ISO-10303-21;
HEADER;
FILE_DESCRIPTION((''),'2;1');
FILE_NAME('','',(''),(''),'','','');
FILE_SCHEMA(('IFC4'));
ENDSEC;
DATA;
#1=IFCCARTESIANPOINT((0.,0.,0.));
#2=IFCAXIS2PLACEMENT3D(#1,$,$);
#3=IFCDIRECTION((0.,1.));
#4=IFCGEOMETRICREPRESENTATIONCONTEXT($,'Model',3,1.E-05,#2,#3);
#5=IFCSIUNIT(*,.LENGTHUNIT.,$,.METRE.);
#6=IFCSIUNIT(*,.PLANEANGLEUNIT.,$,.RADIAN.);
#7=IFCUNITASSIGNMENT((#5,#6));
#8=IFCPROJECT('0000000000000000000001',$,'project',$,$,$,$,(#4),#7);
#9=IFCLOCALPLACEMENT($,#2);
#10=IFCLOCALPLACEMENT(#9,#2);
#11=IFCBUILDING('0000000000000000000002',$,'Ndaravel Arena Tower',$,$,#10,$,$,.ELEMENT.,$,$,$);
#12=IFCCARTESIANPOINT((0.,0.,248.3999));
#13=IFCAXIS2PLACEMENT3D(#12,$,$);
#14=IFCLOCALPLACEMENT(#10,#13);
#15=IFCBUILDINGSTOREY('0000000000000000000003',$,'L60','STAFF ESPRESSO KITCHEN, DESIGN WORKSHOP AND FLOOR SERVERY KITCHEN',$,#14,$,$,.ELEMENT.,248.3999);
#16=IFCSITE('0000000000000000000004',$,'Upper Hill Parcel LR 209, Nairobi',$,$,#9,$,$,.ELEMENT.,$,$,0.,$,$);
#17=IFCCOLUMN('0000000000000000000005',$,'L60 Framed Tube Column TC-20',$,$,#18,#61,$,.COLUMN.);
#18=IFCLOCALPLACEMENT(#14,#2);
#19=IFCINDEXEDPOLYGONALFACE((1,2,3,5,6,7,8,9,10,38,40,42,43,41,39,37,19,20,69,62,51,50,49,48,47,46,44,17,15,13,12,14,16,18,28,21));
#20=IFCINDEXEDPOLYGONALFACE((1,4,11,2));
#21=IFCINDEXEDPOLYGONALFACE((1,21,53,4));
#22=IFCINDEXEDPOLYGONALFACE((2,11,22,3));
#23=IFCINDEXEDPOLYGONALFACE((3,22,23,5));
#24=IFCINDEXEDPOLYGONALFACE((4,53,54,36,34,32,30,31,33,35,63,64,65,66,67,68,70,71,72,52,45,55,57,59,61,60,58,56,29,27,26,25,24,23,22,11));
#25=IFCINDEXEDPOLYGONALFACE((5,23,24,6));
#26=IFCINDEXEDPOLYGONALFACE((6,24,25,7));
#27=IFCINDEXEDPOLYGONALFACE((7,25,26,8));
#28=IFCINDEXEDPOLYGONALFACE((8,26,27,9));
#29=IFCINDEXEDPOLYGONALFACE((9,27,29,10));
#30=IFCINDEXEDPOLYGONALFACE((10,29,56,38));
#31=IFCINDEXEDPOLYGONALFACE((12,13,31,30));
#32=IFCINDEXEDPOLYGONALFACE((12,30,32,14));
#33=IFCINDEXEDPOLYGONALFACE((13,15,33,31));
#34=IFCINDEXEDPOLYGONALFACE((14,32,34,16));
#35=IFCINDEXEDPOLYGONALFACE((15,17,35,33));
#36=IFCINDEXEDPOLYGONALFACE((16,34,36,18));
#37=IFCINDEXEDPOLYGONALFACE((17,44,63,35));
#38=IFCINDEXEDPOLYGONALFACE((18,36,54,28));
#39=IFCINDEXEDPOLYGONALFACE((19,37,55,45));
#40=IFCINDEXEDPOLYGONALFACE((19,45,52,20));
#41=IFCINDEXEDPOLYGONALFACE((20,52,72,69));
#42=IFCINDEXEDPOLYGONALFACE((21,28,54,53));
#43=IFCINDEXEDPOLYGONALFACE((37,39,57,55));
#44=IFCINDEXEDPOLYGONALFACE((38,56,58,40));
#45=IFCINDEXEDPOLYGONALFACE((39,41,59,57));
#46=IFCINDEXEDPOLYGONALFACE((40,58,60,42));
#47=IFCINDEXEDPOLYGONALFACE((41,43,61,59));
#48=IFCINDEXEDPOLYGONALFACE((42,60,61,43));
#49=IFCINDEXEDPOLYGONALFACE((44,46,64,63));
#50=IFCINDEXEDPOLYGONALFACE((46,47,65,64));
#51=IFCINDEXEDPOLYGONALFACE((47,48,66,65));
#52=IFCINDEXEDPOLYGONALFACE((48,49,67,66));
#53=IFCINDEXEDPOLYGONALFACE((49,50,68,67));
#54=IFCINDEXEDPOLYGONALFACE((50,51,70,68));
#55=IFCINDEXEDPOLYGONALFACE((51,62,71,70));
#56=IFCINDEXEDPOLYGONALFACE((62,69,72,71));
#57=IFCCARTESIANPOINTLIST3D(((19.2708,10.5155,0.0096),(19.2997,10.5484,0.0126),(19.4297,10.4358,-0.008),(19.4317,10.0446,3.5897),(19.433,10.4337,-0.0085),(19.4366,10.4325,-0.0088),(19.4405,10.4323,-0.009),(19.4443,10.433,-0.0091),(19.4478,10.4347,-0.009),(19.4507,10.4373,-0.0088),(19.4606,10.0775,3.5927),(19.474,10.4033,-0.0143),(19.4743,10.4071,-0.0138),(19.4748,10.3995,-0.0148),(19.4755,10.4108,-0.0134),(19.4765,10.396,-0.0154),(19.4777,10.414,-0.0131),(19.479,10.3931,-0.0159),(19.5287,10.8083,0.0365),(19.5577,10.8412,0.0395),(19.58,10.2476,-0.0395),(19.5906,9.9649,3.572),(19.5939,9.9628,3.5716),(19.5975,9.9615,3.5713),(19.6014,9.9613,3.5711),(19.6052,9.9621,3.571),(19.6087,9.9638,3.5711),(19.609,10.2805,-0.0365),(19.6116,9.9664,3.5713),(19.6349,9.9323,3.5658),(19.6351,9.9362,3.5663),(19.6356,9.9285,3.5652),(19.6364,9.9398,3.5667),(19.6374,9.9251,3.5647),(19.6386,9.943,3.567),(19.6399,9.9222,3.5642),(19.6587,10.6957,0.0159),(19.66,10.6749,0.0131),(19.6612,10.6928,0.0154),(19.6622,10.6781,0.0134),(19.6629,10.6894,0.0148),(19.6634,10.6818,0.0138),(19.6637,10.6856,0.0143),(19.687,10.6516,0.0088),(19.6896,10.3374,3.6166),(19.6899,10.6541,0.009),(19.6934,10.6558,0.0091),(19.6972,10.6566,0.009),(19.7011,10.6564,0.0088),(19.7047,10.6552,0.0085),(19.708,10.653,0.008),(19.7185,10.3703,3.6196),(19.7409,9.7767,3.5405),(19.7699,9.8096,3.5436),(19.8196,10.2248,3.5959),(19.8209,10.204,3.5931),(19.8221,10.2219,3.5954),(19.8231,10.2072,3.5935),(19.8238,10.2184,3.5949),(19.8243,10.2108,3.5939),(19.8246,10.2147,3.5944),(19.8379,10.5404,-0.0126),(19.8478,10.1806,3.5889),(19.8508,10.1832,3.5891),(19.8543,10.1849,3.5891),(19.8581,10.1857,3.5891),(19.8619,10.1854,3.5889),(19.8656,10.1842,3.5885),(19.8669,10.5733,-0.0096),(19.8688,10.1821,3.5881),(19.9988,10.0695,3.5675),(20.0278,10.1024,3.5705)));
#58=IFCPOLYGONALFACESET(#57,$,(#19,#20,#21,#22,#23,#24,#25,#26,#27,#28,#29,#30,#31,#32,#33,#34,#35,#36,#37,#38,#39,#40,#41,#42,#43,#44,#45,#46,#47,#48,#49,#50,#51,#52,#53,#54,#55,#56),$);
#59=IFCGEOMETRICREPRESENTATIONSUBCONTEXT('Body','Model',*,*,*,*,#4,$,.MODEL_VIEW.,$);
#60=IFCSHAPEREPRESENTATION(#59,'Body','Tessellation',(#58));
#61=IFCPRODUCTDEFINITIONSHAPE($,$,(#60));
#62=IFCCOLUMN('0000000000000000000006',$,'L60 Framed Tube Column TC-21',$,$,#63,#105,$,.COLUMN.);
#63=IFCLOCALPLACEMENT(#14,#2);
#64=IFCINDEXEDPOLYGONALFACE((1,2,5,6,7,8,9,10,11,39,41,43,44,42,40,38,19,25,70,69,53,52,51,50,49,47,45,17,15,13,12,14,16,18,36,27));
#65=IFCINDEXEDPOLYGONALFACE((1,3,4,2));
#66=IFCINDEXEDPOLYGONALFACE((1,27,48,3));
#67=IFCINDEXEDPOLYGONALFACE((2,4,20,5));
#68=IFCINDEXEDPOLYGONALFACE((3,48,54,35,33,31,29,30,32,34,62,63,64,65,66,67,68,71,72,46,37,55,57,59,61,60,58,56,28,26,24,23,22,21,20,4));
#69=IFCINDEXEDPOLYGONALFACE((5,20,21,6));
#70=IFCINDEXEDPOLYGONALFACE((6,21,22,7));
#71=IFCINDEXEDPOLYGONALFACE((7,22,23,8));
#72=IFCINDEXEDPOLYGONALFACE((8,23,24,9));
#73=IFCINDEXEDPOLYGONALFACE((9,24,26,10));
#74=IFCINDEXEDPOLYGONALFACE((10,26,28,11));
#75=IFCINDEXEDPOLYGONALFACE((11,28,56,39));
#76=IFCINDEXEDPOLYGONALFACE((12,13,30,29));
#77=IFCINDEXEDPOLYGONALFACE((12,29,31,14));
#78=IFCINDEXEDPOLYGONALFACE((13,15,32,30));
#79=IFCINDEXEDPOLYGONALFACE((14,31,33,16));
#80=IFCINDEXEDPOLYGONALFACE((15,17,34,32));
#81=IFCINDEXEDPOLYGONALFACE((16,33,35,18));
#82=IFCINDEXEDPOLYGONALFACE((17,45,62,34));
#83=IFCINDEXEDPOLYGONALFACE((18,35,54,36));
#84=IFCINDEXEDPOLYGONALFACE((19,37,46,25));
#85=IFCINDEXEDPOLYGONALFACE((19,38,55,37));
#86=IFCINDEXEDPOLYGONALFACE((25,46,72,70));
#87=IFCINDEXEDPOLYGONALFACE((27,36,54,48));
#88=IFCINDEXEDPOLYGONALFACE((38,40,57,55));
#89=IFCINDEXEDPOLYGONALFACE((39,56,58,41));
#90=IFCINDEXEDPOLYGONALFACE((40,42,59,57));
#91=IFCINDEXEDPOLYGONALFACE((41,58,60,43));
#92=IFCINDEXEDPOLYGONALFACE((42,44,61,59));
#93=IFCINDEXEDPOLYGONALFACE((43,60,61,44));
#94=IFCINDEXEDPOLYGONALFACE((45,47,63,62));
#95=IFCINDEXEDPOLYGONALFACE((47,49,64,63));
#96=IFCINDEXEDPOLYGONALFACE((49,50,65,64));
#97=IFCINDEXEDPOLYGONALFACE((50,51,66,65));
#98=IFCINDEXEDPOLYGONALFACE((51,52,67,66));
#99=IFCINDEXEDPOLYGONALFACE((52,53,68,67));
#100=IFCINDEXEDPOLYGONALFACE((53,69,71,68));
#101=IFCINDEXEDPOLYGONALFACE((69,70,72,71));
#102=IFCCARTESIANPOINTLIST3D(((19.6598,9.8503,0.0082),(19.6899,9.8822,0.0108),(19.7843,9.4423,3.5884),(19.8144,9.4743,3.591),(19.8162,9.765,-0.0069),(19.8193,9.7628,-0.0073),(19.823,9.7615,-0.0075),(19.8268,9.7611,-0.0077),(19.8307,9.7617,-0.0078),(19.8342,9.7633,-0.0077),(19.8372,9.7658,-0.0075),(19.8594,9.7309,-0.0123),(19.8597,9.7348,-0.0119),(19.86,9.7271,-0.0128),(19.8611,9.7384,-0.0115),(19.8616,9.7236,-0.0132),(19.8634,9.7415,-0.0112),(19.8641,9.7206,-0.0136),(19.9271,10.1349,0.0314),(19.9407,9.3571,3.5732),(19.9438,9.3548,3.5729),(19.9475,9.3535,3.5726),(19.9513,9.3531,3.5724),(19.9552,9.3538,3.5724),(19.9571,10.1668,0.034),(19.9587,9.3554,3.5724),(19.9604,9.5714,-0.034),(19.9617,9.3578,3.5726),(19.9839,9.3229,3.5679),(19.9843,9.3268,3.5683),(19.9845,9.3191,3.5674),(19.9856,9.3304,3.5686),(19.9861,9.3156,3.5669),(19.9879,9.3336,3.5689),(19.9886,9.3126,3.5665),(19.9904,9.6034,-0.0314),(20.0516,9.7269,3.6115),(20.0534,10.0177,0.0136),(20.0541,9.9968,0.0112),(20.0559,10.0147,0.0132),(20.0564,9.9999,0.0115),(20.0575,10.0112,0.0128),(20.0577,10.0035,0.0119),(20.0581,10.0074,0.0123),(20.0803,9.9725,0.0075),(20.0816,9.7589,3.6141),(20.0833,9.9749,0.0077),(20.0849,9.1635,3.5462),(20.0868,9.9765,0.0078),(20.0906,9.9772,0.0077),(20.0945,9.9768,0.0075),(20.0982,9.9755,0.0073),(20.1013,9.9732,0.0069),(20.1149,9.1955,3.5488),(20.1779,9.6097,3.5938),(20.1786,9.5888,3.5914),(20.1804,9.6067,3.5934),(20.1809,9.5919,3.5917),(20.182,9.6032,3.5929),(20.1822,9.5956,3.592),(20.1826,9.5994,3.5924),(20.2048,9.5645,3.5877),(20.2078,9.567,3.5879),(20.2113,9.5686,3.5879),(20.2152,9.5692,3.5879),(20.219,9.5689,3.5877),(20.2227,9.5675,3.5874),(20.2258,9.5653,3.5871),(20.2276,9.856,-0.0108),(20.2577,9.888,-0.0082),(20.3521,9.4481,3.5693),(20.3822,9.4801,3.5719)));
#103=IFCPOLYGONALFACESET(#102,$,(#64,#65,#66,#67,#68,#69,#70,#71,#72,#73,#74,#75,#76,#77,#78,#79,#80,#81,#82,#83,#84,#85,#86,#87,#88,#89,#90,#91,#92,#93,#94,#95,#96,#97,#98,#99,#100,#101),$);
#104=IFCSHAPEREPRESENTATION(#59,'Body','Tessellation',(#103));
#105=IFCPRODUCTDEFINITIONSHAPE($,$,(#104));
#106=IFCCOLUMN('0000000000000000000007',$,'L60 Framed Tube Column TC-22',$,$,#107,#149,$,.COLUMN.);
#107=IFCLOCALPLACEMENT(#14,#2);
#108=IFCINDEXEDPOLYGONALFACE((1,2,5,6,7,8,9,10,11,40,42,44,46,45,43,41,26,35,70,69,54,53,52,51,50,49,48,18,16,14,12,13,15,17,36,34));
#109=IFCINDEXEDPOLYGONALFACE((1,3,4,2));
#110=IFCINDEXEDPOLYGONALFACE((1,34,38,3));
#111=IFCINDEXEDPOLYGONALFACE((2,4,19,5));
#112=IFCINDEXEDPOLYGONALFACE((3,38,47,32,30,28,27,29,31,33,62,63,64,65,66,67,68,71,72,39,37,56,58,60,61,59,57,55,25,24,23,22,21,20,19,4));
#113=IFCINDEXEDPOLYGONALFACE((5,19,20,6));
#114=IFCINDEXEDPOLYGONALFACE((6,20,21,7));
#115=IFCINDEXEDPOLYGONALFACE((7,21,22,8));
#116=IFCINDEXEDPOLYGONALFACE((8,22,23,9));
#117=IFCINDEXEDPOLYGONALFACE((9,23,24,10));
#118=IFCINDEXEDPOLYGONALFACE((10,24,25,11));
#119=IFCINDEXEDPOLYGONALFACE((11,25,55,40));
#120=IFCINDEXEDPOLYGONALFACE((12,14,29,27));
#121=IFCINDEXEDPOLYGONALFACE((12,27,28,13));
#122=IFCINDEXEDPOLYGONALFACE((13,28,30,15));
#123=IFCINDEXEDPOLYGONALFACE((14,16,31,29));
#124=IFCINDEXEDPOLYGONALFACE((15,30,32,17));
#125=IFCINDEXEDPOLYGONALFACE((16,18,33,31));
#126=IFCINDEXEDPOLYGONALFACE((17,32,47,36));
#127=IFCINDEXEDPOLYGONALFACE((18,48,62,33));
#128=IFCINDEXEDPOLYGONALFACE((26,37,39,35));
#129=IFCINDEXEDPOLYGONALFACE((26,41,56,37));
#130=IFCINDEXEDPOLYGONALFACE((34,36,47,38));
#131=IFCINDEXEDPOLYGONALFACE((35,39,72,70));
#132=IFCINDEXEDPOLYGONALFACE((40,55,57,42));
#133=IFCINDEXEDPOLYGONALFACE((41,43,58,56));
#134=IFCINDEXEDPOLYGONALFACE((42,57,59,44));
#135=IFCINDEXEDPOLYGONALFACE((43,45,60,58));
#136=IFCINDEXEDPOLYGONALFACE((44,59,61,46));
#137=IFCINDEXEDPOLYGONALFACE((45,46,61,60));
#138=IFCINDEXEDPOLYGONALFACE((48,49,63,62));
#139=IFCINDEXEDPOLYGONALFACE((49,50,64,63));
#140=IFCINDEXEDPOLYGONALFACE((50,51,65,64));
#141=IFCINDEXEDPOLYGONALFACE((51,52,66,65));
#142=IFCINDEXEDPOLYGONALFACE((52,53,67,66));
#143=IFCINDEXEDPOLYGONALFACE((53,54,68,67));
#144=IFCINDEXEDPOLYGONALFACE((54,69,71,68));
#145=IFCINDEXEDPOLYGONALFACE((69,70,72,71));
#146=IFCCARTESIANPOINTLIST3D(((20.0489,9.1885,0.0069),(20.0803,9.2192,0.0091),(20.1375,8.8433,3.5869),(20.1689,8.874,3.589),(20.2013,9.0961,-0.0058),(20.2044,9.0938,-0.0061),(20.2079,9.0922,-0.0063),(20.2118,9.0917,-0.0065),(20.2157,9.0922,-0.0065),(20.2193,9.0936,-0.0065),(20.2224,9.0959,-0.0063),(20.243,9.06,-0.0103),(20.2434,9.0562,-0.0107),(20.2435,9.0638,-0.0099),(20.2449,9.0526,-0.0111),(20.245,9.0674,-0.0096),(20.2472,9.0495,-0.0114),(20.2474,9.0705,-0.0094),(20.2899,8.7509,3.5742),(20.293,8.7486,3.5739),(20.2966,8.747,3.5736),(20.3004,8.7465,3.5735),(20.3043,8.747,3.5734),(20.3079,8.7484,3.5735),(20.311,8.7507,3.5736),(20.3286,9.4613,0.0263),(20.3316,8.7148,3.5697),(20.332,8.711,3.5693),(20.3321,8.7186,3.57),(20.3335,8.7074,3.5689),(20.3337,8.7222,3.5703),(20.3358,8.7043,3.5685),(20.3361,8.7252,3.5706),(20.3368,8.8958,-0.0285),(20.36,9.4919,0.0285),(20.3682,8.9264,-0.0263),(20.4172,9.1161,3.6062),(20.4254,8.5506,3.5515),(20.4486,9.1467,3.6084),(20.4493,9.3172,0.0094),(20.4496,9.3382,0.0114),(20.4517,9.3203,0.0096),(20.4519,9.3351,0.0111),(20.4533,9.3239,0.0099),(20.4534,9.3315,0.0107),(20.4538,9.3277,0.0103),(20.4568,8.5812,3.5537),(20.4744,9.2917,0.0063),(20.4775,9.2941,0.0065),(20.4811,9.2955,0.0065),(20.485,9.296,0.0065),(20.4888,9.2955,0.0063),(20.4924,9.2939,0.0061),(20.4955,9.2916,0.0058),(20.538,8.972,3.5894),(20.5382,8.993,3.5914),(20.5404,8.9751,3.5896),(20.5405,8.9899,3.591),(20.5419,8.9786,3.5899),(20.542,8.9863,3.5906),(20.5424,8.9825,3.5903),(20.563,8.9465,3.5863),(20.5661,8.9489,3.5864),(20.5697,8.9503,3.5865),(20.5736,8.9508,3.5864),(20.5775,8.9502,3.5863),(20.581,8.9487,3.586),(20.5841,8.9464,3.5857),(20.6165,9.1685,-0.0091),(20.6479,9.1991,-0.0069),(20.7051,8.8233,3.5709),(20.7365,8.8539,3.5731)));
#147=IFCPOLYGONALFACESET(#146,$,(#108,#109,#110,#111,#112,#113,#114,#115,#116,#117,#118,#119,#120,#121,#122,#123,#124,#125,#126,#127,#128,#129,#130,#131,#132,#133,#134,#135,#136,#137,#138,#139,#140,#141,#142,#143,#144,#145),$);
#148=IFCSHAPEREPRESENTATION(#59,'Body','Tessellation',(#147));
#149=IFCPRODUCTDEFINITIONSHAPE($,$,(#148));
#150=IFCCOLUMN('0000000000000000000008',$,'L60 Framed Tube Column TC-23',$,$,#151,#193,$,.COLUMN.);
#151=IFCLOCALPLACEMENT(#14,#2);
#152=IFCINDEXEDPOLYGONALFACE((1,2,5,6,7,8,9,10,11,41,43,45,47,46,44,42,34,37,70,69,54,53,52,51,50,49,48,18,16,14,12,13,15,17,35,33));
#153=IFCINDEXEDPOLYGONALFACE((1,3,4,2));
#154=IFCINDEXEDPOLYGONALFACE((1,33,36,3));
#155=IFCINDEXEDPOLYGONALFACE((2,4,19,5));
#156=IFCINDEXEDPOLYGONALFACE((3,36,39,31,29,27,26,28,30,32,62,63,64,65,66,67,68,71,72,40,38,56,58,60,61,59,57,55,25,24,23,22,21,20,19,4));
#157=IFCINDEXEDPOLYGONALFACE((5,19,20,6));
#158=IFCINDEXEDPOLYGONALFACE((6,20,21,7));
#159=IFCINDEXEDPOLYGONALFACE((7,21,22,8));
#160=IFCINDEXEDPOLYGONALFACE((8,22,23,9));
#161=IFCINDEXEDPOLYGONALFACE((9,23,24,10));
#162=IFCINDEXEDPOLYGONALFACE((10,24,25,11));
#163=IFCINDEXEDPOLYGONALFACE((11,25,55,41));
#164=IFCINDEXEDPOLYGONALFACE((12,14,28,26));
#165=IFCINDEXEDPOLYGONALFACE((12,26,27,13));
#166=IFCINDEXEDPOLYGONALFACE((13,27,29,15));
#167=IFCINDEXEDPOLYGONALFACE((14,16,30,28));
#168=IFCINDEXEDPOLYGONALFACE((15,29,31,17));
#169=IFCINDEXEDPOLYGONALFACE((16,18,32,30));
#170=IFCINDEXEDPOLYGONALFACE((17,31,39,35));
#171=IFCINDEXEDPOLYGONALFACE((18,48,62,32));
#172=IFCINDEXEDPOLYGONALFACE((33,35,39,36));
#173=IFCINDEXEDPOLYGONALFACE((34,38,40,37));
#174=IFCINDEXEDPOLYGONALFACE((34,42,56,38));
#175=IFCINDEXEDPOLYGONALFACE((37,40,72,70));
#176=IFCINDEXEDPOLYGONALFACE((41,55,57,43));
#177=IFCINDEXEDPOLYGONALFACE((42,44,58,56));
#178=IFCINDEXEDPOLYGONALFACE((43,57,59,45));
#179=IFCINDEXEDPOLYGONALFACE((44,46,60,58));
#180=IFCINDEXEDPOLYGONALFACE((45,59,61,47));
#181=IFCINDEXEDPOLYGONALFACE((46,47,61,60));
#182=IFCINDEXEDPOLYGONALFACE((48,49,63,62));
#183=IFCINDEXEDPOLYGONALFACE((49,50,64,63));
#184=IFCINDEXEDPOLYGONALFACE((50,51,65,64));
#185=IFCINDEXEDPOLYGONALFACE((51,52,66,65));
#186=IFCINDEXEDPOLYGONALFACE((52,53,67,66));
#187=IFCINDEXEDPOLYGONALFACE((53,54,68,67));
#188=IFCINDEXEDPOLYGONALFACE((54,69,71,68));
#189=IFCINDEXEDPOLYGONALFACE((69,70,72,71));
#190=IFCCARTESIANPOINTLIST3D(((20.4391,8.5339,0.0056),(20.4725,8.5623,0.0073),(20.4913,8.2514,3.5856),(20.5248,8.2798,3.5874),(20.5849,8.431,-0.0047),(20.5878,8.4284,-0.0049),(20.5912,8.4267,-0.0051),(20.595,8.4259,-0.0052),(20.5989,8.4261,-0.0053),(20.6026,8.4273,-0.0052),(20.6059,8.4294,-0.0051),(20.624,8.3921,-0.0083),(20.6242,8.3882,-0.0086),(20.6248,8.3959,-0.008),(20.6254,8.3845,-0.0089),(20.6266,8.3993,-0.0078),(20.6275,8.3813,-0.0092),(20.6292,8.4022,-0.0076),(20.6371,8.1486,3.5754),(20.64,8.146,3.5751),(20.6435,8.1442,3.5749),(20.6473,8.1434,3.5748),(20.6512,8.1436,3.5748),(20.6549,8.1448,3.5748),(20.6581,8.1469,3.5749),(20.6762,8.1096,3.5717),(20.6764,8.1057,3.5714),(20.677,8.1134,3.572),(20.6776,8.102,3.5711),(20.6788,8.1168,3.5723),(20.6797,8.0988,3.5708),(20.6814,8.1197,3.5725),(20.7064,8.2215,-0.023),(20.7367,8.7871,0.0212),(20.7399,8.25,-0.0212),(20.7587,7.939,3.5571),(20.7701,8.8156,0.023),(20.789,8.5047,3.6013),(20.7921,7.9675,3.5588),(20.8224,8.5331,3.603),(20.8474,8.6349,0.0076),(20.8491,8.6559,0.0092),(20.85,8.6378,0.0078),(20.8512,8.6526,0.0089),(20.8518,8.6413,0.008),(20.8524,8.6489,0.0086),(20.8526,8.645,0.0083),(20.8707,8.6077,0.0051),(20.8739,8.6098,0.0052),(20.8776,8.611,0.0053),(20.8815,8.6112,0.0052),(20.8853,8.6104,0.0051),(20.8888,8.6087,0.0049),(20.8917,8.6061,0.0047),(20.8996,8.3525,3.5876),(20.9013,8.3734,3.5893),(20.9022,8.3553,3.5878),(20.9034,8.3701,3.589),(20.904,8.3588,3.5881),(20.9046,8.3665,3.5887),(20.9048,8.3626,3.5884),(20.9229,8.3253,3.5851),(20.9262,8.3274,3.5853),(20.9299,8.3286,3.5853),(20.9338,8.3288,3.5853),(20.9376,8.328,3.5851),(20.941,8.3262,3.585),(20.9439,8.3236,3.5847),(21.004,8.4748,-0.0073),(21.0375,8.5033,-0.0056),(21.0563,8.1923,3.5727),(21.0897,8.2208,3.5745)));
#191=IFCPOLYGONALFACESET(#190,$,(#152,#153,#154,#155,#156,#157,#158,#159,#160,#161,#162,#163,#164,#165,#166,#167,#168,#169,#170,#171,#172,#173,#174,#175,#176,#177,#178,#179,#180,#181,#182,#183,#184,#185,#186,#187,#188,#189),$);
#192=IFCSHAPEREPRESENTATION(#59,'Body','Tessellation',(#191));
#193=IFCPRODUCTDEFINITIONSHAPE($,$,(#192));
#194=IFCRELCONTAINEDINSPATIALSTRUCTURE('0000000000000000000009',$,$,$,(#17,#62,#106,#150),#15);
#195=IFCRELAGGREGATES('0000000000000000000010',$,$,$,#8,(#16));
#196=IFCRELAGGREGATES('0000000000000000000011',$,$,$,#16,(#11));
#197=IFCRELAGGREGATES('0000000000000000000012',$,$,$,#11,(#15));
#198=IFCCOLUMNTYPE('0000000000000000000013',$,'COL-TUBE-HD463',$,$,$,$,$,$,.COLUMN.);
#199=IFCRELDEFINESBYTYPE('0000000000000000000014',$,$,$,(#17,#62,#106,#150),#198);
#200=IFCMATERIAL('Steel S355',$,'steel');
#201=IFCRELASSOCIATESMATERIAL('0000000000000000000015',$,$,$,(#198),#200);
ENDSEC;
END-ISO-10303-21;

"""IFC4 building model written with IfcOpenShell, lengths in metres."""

from ifc_helpers import new_model, si_unit, direction, frame, origin, origin_2d, place, context, subcontext, project, spatial, i_section, extrude, material, material_profile, profile_set, type_object, element, save


model = new_model("IFC4")

# Units and contexts
model_context = context("Model", 3, precision=1e-05, world=origin(), true_north=direction((0.0, 1.0)))
body_context = subcontext(model_context, "Body", "Model", "MODEL_VIEW")
ifc_project = project(units=[si_unit("LENGTHUNIT", "METRE"), si_unit("PLANEANGLEUNIT", "RADIAN")], contexts=[model_context])

# Site, building, storey
site_placement = place(None, origin())
site = spatial("IfcSite", under=ifc_project, at=site_placement, Name="Upper Hill Parcel LR 209, Nairobi", CompositionType="ELEMENT", RefElevation=0.0)
building_placement = place(site_placement, origin())
building = spatial("IfcBuilding", under=site, at=building_placement, Name="Ndaravel Arena Tower", CompositionType="ELEMENT")
storey_placement = place(building_placement, frame((0.0, 0.0, 248.3999)))
storey = spatial("IfcBuildingStorey", under=building, at=storey_placement, Name="L60", Description="STAFF ESPRESSO KITCHEN, DESIGN WORKSHOP AND FLOOR SERVERY KITCHEN", CompositionType="ELEMENT", Elevation=248.3999)

# Columns
ifc_material_1 = material(Name="Steel S355", Category="steel")
ifc_material_profile_1 = material_profile(ifc_material_1, i_section(OverallWidth=0.4121, OverallDepth=0.4351, WebThickness=0.0359, FlangeThickness=0.0439, FilletRadius=0.0149, at=origin_2d()), Name="HD 400x463")
ifc_profile_set_1 = profile_set([ifc_material_profile_1], Name="Steel S355")
column_type = type_object("IfcColumnType", Name="COL-TUBE-HD463", PredefinedType="COLUMN", material=ifc_profile_set_1)
column_1_placement = place(storey_placement, frame((19.5688, 10.5444, 0.0), z_axis=(0.044512, -0.130294, 0.990476), x_axis=(-0.750456, 0.650075, 0.119241)))
element("IfcColumn", 1, at=column_1_placement, inside=storey, type_object=column_type, Name="L60 Framed Tube Column TC-20", PredefinedType="COLUMN", context=body_context, shape_type="SweptSolid", body=[
    extrude(i_section(OverallWidth=0.4121, OverallDepth=0.4351, WebThickness=0.0359, FlangeThickness=0.0439, FilletRadius=0.0149, at=origin_2d()), origin(), (0.0, 0.0, 1.0), 3.6145),
])
column_2_placement = place(storey_placement, frame((19.9587, 9.8691, 0.0), z_axis=(0.034535, -0.113152, 0.992977), x_axis=(-0.729251, 0.676532, 0.102455)))
element("IfcColumn", 2, at=column_2_placement, inside=storey, type_object=column_type, Name="L60 Framed Tube Column TC-21", PredefinedType="COLUMN", context=body_context, shape_type="SweptSolid", body=[
    extrude(i_section(OverallWidth=0.4121, OverallDepth=0.4351, WebThickness=0.0359, FlangeThickness=0.0439, FilletRadius=0.0149, at=origin_2d()), origin(), (0.0, 0.0, 1.0), 3.6055),
])
column_3_placement = place(storey_placement, frame((20.3484, 9.1938, 0.0), z_axis=(0.024633, -0.095952, 0.995081), x_axis=(-0.698579, 0.710371, 0.085792)))
element("IfcColumn", 3, at=column_3_placement, inside=storey, type_object=column_type, Name="L60 Framed Tube Column TC-22", PredefinedType="COLUMN", context=body_context, shape_type="SweptSolid", body=[
    extrude(i_section(OverallWidth=0.4121, OverallDepth=0.4351, WebThickness=0.0359, FlangeThickness=0.0439, FilletRadius=0.0149, at=origin_2d()), origin(), (0.0, 0.0, 1.0), 3.5977),
])
column_4_placement = place(storey_placement, frame((20.7383, 8.5186, 0.0), z_axis=(0.014547, -0.078648, 0.996796), x_axis=(-0.648666, 0.757915, 0.069266)))
element("IfcColumn", 4, at=column_4_placement, inside=storey, type_object=column_type, Name="L60 Framed Tube Column TC-23", PredefinedType="COLUMN", context=body_context, shape_type="SweptSolid", body=[
    extrude(i_section(OverallWidth=0.4121, OverallDepth=0.4351, WebThickness=0.0359, FlangeThickness=0.0439, FilletRadius=0.0149, at=origin_2d()), origin(), (0.0, 0.0, 1.0), 3.5916),
])

save(model, "model.ifc")
